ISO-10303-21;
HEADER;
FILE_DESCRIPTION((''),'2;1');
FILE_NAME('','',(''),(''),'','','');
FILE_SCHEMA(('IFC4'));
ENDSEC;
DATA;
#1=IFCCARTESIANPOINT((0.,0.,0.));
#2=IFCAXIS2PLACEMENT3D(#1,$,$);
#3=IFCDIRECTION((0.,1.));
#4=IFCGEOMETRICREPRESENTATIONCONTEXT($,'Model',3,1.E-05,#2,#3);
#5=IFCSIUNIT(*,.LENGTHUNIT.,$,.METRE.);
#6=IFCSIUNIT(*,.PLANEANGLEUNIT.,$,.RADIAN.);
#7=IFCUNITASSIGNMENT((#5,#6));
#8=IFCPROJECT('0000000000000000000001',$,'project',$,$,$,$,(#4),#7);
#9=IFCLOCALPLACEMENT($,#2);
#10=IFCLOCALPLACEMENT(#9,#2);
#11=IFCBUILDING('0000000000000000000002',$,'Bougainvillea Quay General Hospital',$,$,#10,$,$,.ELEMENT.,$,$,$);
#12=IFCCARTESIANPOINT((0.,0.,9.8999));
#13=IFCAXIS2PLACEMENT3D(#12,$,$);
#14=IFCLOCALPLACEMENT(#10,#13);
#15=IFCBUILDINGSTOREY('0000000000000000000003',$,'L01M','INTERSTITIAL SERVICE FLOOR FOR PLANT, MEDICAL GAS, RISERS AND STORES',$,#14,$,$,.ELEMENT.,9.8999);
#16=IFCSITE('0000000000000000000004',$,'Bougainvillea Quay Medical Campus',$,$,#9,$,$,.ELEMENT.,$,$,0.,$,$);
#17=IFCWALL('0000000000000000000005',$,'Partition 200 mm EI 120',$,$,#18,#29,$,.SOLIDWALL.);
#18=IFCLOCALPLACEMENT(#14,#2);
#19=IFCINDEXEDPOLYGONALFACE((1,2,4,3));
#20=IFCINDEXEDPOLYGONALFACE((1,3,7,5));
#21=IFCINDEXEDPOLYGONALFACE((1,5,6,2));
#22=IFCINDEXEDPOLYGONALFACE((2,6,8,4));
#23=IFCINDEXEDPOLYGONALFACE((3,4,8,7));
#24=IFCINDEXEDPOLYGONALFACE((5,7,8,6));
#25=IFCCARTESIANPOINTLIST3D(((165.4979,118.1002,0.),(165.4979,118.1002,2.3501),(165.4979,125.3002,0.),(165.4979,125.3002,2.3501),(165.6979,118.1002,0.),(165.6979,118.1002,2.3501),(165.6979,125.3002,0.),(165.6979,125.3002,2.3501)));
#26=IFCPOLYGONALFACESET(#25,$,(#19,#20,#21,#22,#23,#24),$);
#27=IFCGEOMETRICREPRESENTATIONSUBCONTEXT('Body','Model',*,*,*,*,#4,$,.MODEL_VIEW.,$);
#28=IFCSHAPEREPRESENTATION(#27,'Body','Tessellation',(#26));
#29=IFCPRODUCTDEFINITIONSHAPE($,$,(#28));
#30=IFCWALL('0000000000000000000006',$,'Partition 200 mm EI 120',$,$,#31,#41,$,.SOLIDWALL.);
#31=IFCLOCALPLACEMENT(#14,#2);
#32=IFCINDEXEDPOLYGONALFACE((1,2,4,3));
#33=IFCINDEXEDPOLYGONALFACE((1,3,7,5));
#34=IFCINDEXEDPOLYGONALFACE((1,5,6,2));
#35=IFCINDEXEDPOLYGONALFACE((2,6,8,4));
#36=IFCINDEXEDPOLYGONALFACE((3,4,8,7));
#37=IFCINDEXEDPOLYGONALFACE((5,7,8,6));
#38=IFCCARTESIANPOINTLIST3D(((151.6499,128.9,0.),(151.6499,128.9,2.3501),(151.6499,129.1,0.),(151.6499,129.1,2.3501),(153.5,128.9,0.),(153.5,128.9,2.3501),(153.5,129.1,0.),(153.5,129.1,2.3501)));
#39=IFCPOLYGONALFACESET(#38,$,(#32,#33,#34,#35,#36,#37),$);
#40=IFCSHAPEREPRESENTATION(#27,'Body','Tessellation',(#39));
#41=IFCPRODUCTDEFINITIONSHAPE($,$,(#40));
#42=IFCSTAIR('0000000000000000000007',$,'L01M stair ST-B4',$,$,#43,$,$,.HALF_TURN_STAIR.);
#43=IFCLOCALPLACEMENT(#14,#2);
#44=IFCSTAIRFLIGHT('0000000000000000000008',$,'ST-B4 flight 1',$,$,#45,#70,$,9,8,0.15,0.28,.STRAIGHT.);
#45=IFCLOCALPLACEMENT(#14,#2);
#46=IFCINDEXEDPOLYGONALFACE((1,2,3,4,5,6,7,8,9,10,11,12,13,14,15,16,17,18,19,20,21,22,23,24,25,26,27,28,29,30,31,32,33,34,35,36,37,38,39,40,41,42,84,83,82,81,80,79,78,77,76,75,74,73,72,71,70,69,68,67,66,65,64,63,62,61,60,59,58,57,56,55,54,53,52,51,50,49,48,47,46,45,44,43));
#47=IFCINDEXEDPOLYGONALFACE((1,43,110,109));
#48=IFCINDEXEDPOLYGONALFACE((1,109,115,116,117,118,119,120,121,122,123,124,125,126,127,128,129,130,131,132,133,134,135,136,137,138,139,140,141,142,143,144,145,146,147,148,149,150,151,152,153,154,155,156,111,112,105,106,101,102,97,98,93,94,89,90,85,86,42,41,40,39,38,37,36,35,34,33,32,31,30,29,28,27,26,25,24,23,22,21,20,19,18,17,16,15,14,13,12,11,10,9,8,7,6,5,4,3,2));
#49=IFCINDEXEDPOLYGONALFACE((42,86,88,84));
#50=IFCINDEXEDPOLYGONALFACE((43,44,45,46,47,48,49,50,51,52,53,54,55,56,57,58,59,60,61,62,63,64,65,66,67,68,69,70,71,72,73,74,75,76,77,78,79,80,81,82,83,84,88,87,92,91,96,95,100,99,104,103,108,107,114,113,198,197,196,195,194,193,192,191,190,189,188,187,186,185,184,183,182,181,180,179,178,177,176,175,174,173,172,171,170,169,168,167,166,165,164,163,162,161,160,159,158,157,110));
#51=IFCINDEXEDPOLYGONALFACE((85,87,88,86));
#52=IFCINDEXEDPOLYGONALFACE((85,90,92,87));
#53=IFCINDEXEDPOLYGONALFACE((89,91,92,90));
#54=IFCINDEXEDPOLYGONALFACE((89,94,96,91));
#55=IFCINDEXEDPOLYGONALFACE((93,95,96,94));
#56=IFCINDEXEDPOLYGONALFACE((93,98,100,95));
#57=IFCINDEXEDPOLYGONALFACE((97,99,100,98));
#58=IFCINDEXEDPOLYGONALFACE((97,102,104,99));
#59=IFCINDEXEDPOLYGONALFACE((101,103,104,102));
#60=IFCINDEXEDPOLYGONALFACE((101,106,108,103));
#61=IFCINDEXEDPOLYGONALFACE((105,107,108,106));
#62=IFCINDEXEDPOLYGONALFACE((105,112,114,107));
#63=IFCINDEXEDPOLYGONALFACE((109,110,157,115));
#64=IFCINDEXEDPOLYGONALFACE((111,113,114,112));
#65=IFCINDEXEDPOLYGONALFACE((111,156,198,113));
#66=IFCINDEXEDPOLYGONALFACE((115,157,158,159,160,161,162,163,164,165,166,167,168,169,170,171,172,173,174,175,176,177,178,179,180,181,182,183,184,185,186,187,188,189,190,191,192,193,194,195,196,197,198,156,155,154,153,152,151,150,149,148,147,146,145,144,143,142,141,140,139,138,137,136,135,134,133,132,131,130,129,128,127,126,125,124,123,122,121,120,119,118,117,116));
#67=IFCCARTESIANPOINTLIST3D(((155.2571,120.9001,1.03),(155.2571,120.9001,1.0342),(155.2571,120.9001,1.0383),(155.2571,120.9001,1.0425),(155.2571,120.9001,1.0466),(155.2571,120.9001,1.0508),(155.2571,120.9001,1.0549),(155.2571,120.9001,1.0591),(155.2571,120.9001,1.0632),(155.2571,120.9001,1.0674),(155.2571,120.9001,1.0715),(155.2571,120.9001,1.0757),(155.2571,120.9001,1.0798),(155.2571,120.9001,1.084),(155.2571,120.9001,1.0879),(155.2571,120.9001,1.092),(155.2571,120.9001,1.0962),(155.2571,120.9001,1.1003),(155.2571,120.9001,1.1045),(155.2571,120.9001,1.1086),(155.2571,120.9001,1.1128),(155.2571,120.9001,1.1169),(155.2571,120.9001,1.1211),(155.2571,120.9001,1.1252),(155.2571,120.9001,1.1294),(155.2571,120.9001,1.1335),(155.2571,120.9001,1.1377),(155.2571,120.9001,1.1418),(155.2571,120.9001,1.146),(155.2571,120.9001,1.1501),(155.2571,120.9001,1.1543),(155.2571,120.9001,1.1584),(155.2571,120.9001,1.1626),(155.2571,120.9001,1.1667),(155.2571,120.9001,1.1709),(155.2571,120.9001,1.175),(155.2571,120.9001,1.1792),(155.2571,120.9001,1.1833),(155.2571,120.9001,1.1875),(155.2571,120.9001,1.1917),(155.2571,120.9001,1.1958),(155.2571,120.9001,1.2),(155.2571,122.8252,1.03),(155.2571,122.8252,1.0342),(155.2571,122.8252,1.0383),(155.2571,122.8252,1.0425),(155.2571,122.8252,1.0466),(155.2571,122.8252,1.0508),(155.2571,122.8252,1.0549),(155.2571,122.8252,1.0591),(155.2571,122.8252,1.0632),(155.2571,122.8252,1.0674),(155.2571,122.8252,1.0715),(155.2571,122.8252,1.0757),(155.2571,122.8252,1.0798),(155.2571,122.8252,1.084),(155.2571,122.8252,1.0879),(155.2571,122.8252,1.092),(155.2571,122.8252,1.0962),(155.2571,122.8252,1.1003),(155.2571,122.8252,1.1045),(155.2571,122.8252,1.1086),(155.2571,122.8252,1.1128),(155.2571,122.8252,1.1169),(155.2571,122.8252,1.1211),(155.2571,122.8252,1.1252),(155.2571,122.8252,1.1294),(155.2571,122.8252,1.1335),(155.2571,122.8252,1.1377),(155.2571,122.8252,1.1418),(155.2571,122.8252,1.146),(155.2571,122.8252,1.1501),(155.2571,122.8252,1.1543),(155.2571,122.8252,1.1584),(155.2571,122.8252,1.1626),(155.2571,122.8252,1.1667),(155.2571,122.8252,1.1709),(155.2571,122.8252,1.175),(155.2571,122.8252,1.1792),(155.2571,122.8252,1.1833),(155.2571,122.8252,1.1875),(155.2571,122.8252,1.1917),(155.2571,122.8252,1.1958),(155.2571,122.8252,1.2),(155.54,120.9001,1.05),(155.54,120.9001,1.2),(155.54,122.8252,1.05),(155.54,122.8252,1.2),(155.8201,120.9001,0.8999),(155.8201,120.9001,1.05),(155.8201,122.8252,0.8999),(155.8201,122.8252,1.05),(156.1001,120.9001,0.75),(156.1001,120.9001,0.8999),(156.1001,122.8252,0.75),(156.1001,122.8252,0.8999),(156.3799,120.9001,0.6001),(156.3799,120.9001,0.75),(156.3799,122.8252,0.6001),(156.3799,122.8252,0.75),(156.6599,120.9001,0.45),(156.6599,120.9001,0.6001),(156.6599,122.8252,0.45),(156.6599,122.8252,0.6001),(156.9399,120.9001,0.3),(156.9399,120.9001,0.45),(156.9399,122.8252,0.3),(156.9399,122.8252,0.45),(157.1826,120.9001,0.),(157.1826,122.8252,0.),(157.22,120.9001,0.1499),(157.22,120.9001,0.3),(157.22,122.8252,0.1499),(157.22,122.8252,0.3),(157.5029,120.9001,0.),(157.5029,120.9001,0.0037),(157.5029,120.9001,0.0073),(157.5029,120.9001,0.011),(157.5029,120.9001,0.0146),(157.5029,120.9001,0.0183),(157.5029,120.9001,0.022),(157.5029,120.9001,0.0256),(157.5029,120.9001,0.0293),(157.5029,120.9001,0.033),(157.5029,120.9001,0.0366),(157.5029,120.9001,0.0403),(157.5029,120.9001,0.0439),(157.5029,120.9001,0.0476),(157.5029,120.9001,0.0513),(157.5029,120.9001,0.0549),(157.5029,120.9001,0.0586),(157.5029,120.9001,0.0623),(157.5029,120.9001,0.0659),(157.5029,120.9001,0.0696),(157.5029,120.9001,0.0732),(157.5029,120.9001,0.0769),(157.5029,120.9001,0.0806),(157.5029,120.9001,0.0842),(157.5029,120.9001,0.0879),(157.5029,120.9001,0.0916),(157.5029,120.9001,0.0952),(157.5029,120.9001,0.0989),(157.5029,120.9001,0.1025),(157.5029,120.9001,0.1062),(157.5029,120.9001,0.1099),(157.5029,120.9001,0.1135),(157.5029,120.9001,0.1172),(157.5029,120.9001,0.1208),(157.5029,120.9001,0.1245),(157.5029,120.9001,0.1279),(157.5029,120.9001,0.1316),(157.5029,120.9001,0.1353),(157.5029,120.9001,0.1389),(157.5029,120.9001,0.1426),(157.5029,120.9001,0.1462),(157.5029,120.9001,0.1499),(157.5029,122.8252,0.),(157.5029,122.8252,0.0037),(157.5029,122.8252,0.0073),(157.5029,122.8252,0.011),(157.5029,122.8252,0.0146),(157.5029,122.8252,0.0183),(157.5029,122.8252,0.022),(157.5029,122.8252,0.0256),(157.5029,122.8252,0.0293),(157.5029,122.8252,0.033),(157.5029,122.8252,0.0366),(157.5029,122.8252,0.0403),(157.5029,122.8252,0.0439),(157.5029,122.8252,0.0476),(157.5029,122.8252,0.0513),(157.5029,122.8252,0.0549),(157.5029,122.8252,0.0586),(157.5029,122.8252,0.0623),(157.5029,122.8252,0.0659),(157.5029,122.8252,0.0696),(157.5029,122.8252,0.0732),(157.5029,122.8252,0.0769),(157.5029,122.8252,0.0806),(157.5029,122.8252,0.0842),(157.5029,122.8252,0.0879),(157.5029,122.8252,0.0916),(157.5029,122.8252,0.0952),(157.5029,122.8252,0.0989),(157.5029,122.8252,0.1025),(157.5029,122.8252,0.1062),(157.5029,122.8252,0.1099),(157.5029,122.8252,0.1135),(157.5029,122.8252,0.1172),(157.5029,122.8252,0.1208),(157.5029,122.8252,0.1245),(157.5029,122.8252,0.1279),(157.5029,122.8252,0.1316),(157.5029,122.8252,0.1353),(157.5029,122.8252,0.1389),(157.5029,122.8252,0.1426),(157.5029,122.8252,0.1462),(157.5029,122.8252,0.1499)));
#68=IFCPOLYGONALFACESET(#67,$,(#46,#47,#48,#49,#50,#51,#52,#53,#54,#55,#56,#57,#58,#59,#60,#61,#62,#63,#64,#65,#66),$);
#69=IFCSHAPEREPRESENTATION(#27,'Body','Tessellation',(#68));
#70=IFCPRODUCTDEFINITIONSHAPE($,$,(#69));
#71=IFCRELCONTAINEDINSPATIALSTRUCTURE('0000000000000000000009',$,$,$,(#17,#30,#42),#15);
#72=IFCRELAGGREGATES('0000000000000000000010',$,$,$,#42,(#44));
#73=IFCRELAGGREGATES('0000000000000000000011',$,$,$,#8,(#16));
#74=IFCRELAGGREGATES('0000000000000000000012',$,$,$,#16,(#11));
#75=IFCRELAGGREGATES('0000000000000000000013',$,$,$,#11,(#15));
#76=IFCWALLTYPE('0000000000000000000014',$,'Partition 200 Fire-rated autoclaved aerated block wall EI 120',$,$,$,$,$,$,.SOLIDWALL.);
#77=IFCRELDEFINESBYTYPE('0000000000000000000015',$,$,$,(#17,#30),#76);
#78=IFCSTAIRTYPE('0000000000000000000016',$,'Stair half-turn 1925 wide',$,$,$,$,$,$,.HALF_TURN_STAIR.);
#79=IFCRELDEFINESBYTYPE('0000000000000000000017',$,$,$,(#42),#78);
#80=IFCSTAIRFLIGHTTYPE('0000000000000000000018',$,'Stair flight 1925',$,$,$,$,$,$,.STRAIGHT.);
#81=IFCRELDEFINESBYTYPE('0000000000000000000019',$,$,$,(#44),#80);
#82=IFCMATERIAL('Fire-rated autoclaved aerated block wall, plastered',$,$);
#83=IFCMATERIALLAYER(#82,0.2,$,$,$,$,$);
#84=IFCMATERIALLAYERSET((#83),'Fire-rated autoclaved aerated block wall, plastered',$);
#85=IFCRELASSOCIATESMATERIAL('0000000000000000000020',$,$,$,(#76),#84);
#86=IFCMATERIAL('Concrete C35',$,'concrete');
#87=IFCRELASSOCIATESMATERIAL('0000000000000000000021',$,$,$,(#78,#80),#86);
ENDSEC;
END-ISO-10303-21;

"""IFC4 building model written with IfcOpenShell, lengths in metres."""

from ifc_helpers import new_model, si_unit, direction, frame, frame_2d, origin, place, context, subcontext, project, spatial, polyline, rectangle, outline, extrude, material, layer, layer_set, type_object, element, aggregate, save


model = new_model("IFC4")

# Units and contexts
model_context = context("Model", 3, precision=1e-05, world=origin(), true_north=direction((0.0, 1.0)))
body_context = subcontext(model_context, "Body", "Model", "MODEL_VIEW")
ifc_project = project(units=[si_unit("LENGTHUNIT", "METRE"), si_unit("PLANEANGLEUNIT", "RADIAN")], contexts=[model_context])

# Site, building, storey
site_placement = place(None, origin())
site = spatial("IfcSite", under=ifc_project, at=site_placement, Name="Bougainvillea Quay Medical Campus", CompositionType="ELEMENT", RefElevation=0.0)
building_placement = place(site_placement, origin())
building = spatial("IfcBuilding", under=site, at=building_placement, Name="Bougainvillea Quay General Hospital", CompositionType="ELEMENT")
storey_placement = place(building_placement, frame((0.0, 0.0, 9.8999)))
storey = spatial("IfcBuildingStorey", under=building, at=storey_placement, Name="L01M", Description="INTERSTITIAL SERVICE FLOOR FOR PLANT, MEDICAL GAS, RISERS AND STORES", CompositionType="ELEMENT", Elevation=9.8999)

# Shared definitions
ifc_material_1 = material(Name="Fire-rated autoclaved aerated block wall, plastered")
ifc_layer_1 = layer(ifc_material_1, 0.2)
ifc_layer_set_1 = layer_set([ifc_layer_1], Name="Fire-rated autoclaved aerated block wall, plastered")
wall_type_1 = type_object("IfcWallType", Name="Partition 200 Fire-rated autoclaved aerated block wall EI 120", PredefinedType="SOLIDWALL", material=ifc_layer_set_1)

# Walls
wall_1_placement = place(storey_placement, frame((165.5979, 118.1001, 0.0), z_axis=(0.0, 0.0, 1.0), x_axis=(0.0, 1.0, 0.0)))
element("IfcWall", 1, at=wall_1_placement, inside=storey, type_object=wall_type_1, Name="Partition 200 mm EI 120", PredefinedType="SOLIDWALL", context=body_context, shape_type="SweptSolid", body=[
    extrude(rectangle(XDim=7.2, YDim=0.2, at=frame_2d((3.6001, 0.0))), origin(), (0.0, 0.0, 1.0), 2.3501),
])
wall_2_placement = place(storey_placement, frame((151.6499, 129.0, 0.0), z_axis=(0.0, 0.0, 1.0), x_axis=(1.0, 0.0, 0.0)))
element("IfcWall", 2, at=wall_2_placement, inside=storey, type_object=wall_type_1, Name="Partition 200 mm EI 120", PredefinedType="SOLIDWALL", context=body_context, shape_type="SweptSolid", body=[
    extrude(rectangle(XDim=1.8501, YDim=0.2, at=frame_2d((0.925, 0.0))), origin(), (0.0, 0.0, 1.0), 2.3501),
])

# Stair, stair flight
ifc_material_2 = material(Name="Concrete C35", Category="concrete")
stair_type = type_object("IfcStairType", Name="Stair half-turn 1925 wide", PredefinedType="HALF_TURN_STAIR", material=ifc_material_2)
stair_placement = place(storey_placement, origin())
stair = element("IfcStair", 3, at=stair_placement, inside=storey, type_object=stair_type, Name="L01M stair ST-B4", PredefinedType="HALF_TURN_STAIR")
stair_flight_type = type_object("IfcStairFlightType", Name="Stair flight 1925", PredefinedType="STRAIGHT", material=ifc_material_2)
stair_flight_1_placement = place(storey_placement, frame((157.5, 121.8625, 0.0), z_axis=(0.0, 0.0, 1.0), x_axis=(-1.0, 0.0, 0.0)))
stair_flight_1 = element("IfcStairFlight", 4, at=stair_flight_1_placement, type_object=stair_flight_type, Name="ST-B4 flight 1", NumberOfRisers=9, NumberOfTreads=8, PredefinedType="STRAIGHT", RiserHeight=0.15, TreadLength=0.28, context=body_context, shape_type="SweptSolid", body=[
    extrude(outline(polyline([(-0.0029, 0.0), (-0.0029, 0.0037), (-0.0029, 0.0073), (-0.0029, 0.011), (-0.0029, 0.0146), (-0.0029, 0.0183), (-0.0029, 0.022), (-0.0029, 0.0256), (-0.0029, 0.0293), (-0.0029, 0.033), (-0.0029, 0.0366), (-0.0029, 0.0403), (-0.0029, 0.0439), (-0.0029, 0.0476), (-0.0029, 0.0513), (-0.0029, 0.0549), (-0.0029, 0.0586), (-0.0029, 0.0623), (-0.0029, 0.0659), (-0.0029, 0.0696), (-0.0029, 0.0732), (-0.0029, 0.0769), (-0.0029, 0.0806), (-0.0029, 0.0842), (-0.0029, 0.0879), (-0.0029, 0.0916), (-0.0029, 0.0952), (-0.0029, 0.0989), (-0.0029, 0.1025), (-0.0029, 0.1062), (-0.0029, 0.1099), (-0.0029, 0.1135), (-0.0029, 0.1172), (-0.0029, 0.1208), (-0.0029, 0.1245), (-0.0029, 0.1279), (-0.0029, 0.1316), (-0.0029, 0.1353), (-0.0029, 0.1389), (-0.0029, 0.1426), (-0.0029, 0.1462), (-0.0029, 0.1499), (0.28, 0.1499), (0.28, 0.3), (0.5601, 0.3), (0.5601, 0.45), (0.8401, 0.45), (0.8401, 0.6001), (1.1201, 0.6001), (1.1201, 0.75), (1.3999, 0.75), (1.3999, 0.8999), (1.6799, 0.8999), (1.6799, 1.05), (1.96, 1.05), (1.96, 1.2), (2.2429, 1.2), (2.2429, 1.1958), (2.2429, 1.1917), (2.2429, 1.1875), (2.2429, 1.1833), (2.2429, 1.1792), (2.2429, 1.175), (2.2429, 1.1709), (2.2429, 1.1667), (2.2429, 1.1626), (2.2429, 1.1584), (2.2429, 1.1543), (2.2429, 1.1501), (2.2429, 1.146), (2.2429, 1.1418), (2.2429, 1.1377), (2.2429, 1.1335), (2.2429, 1.1294), (2.2429, 1.1252), (2.2429, 1.1211), (2.2429, 1.1169), (2.2429, 1.1128), (2.2429, 1.1086), (2.2429, 1.1045), (2.2429, 1.1003), (2.2429, 1.0962), (2.2429, 1.092), (2.2429, 1.0879), (2.2429, 1.084), (2.2429, 1.0798), (2.2429, 1.0757), (2.2429, 1.0715), (2.2429, 1.0674), (2.2429, 1.0632), (2.2429, 1.0591), (2.2429, 1.0549), (2.2429, 1.0508), (2.2429, 1.0466), (2.2429, 1.0425), (2.2429, 1.0383), (2.2429, 1.0342), (2.2429, 1.03), (0.3174, 0.0), (-0.0029, 0.0)])), frame((0.0, 0.9624, 0.0), z_axis=(0.0, -1.0, 0.0), x_axis=(1.0, 0.0, 0.0)), (0.0, 0.0, 1.0), 1.925),
])
aggregate(stair, [stair_flight_1])

save(model, "model.ifc")
